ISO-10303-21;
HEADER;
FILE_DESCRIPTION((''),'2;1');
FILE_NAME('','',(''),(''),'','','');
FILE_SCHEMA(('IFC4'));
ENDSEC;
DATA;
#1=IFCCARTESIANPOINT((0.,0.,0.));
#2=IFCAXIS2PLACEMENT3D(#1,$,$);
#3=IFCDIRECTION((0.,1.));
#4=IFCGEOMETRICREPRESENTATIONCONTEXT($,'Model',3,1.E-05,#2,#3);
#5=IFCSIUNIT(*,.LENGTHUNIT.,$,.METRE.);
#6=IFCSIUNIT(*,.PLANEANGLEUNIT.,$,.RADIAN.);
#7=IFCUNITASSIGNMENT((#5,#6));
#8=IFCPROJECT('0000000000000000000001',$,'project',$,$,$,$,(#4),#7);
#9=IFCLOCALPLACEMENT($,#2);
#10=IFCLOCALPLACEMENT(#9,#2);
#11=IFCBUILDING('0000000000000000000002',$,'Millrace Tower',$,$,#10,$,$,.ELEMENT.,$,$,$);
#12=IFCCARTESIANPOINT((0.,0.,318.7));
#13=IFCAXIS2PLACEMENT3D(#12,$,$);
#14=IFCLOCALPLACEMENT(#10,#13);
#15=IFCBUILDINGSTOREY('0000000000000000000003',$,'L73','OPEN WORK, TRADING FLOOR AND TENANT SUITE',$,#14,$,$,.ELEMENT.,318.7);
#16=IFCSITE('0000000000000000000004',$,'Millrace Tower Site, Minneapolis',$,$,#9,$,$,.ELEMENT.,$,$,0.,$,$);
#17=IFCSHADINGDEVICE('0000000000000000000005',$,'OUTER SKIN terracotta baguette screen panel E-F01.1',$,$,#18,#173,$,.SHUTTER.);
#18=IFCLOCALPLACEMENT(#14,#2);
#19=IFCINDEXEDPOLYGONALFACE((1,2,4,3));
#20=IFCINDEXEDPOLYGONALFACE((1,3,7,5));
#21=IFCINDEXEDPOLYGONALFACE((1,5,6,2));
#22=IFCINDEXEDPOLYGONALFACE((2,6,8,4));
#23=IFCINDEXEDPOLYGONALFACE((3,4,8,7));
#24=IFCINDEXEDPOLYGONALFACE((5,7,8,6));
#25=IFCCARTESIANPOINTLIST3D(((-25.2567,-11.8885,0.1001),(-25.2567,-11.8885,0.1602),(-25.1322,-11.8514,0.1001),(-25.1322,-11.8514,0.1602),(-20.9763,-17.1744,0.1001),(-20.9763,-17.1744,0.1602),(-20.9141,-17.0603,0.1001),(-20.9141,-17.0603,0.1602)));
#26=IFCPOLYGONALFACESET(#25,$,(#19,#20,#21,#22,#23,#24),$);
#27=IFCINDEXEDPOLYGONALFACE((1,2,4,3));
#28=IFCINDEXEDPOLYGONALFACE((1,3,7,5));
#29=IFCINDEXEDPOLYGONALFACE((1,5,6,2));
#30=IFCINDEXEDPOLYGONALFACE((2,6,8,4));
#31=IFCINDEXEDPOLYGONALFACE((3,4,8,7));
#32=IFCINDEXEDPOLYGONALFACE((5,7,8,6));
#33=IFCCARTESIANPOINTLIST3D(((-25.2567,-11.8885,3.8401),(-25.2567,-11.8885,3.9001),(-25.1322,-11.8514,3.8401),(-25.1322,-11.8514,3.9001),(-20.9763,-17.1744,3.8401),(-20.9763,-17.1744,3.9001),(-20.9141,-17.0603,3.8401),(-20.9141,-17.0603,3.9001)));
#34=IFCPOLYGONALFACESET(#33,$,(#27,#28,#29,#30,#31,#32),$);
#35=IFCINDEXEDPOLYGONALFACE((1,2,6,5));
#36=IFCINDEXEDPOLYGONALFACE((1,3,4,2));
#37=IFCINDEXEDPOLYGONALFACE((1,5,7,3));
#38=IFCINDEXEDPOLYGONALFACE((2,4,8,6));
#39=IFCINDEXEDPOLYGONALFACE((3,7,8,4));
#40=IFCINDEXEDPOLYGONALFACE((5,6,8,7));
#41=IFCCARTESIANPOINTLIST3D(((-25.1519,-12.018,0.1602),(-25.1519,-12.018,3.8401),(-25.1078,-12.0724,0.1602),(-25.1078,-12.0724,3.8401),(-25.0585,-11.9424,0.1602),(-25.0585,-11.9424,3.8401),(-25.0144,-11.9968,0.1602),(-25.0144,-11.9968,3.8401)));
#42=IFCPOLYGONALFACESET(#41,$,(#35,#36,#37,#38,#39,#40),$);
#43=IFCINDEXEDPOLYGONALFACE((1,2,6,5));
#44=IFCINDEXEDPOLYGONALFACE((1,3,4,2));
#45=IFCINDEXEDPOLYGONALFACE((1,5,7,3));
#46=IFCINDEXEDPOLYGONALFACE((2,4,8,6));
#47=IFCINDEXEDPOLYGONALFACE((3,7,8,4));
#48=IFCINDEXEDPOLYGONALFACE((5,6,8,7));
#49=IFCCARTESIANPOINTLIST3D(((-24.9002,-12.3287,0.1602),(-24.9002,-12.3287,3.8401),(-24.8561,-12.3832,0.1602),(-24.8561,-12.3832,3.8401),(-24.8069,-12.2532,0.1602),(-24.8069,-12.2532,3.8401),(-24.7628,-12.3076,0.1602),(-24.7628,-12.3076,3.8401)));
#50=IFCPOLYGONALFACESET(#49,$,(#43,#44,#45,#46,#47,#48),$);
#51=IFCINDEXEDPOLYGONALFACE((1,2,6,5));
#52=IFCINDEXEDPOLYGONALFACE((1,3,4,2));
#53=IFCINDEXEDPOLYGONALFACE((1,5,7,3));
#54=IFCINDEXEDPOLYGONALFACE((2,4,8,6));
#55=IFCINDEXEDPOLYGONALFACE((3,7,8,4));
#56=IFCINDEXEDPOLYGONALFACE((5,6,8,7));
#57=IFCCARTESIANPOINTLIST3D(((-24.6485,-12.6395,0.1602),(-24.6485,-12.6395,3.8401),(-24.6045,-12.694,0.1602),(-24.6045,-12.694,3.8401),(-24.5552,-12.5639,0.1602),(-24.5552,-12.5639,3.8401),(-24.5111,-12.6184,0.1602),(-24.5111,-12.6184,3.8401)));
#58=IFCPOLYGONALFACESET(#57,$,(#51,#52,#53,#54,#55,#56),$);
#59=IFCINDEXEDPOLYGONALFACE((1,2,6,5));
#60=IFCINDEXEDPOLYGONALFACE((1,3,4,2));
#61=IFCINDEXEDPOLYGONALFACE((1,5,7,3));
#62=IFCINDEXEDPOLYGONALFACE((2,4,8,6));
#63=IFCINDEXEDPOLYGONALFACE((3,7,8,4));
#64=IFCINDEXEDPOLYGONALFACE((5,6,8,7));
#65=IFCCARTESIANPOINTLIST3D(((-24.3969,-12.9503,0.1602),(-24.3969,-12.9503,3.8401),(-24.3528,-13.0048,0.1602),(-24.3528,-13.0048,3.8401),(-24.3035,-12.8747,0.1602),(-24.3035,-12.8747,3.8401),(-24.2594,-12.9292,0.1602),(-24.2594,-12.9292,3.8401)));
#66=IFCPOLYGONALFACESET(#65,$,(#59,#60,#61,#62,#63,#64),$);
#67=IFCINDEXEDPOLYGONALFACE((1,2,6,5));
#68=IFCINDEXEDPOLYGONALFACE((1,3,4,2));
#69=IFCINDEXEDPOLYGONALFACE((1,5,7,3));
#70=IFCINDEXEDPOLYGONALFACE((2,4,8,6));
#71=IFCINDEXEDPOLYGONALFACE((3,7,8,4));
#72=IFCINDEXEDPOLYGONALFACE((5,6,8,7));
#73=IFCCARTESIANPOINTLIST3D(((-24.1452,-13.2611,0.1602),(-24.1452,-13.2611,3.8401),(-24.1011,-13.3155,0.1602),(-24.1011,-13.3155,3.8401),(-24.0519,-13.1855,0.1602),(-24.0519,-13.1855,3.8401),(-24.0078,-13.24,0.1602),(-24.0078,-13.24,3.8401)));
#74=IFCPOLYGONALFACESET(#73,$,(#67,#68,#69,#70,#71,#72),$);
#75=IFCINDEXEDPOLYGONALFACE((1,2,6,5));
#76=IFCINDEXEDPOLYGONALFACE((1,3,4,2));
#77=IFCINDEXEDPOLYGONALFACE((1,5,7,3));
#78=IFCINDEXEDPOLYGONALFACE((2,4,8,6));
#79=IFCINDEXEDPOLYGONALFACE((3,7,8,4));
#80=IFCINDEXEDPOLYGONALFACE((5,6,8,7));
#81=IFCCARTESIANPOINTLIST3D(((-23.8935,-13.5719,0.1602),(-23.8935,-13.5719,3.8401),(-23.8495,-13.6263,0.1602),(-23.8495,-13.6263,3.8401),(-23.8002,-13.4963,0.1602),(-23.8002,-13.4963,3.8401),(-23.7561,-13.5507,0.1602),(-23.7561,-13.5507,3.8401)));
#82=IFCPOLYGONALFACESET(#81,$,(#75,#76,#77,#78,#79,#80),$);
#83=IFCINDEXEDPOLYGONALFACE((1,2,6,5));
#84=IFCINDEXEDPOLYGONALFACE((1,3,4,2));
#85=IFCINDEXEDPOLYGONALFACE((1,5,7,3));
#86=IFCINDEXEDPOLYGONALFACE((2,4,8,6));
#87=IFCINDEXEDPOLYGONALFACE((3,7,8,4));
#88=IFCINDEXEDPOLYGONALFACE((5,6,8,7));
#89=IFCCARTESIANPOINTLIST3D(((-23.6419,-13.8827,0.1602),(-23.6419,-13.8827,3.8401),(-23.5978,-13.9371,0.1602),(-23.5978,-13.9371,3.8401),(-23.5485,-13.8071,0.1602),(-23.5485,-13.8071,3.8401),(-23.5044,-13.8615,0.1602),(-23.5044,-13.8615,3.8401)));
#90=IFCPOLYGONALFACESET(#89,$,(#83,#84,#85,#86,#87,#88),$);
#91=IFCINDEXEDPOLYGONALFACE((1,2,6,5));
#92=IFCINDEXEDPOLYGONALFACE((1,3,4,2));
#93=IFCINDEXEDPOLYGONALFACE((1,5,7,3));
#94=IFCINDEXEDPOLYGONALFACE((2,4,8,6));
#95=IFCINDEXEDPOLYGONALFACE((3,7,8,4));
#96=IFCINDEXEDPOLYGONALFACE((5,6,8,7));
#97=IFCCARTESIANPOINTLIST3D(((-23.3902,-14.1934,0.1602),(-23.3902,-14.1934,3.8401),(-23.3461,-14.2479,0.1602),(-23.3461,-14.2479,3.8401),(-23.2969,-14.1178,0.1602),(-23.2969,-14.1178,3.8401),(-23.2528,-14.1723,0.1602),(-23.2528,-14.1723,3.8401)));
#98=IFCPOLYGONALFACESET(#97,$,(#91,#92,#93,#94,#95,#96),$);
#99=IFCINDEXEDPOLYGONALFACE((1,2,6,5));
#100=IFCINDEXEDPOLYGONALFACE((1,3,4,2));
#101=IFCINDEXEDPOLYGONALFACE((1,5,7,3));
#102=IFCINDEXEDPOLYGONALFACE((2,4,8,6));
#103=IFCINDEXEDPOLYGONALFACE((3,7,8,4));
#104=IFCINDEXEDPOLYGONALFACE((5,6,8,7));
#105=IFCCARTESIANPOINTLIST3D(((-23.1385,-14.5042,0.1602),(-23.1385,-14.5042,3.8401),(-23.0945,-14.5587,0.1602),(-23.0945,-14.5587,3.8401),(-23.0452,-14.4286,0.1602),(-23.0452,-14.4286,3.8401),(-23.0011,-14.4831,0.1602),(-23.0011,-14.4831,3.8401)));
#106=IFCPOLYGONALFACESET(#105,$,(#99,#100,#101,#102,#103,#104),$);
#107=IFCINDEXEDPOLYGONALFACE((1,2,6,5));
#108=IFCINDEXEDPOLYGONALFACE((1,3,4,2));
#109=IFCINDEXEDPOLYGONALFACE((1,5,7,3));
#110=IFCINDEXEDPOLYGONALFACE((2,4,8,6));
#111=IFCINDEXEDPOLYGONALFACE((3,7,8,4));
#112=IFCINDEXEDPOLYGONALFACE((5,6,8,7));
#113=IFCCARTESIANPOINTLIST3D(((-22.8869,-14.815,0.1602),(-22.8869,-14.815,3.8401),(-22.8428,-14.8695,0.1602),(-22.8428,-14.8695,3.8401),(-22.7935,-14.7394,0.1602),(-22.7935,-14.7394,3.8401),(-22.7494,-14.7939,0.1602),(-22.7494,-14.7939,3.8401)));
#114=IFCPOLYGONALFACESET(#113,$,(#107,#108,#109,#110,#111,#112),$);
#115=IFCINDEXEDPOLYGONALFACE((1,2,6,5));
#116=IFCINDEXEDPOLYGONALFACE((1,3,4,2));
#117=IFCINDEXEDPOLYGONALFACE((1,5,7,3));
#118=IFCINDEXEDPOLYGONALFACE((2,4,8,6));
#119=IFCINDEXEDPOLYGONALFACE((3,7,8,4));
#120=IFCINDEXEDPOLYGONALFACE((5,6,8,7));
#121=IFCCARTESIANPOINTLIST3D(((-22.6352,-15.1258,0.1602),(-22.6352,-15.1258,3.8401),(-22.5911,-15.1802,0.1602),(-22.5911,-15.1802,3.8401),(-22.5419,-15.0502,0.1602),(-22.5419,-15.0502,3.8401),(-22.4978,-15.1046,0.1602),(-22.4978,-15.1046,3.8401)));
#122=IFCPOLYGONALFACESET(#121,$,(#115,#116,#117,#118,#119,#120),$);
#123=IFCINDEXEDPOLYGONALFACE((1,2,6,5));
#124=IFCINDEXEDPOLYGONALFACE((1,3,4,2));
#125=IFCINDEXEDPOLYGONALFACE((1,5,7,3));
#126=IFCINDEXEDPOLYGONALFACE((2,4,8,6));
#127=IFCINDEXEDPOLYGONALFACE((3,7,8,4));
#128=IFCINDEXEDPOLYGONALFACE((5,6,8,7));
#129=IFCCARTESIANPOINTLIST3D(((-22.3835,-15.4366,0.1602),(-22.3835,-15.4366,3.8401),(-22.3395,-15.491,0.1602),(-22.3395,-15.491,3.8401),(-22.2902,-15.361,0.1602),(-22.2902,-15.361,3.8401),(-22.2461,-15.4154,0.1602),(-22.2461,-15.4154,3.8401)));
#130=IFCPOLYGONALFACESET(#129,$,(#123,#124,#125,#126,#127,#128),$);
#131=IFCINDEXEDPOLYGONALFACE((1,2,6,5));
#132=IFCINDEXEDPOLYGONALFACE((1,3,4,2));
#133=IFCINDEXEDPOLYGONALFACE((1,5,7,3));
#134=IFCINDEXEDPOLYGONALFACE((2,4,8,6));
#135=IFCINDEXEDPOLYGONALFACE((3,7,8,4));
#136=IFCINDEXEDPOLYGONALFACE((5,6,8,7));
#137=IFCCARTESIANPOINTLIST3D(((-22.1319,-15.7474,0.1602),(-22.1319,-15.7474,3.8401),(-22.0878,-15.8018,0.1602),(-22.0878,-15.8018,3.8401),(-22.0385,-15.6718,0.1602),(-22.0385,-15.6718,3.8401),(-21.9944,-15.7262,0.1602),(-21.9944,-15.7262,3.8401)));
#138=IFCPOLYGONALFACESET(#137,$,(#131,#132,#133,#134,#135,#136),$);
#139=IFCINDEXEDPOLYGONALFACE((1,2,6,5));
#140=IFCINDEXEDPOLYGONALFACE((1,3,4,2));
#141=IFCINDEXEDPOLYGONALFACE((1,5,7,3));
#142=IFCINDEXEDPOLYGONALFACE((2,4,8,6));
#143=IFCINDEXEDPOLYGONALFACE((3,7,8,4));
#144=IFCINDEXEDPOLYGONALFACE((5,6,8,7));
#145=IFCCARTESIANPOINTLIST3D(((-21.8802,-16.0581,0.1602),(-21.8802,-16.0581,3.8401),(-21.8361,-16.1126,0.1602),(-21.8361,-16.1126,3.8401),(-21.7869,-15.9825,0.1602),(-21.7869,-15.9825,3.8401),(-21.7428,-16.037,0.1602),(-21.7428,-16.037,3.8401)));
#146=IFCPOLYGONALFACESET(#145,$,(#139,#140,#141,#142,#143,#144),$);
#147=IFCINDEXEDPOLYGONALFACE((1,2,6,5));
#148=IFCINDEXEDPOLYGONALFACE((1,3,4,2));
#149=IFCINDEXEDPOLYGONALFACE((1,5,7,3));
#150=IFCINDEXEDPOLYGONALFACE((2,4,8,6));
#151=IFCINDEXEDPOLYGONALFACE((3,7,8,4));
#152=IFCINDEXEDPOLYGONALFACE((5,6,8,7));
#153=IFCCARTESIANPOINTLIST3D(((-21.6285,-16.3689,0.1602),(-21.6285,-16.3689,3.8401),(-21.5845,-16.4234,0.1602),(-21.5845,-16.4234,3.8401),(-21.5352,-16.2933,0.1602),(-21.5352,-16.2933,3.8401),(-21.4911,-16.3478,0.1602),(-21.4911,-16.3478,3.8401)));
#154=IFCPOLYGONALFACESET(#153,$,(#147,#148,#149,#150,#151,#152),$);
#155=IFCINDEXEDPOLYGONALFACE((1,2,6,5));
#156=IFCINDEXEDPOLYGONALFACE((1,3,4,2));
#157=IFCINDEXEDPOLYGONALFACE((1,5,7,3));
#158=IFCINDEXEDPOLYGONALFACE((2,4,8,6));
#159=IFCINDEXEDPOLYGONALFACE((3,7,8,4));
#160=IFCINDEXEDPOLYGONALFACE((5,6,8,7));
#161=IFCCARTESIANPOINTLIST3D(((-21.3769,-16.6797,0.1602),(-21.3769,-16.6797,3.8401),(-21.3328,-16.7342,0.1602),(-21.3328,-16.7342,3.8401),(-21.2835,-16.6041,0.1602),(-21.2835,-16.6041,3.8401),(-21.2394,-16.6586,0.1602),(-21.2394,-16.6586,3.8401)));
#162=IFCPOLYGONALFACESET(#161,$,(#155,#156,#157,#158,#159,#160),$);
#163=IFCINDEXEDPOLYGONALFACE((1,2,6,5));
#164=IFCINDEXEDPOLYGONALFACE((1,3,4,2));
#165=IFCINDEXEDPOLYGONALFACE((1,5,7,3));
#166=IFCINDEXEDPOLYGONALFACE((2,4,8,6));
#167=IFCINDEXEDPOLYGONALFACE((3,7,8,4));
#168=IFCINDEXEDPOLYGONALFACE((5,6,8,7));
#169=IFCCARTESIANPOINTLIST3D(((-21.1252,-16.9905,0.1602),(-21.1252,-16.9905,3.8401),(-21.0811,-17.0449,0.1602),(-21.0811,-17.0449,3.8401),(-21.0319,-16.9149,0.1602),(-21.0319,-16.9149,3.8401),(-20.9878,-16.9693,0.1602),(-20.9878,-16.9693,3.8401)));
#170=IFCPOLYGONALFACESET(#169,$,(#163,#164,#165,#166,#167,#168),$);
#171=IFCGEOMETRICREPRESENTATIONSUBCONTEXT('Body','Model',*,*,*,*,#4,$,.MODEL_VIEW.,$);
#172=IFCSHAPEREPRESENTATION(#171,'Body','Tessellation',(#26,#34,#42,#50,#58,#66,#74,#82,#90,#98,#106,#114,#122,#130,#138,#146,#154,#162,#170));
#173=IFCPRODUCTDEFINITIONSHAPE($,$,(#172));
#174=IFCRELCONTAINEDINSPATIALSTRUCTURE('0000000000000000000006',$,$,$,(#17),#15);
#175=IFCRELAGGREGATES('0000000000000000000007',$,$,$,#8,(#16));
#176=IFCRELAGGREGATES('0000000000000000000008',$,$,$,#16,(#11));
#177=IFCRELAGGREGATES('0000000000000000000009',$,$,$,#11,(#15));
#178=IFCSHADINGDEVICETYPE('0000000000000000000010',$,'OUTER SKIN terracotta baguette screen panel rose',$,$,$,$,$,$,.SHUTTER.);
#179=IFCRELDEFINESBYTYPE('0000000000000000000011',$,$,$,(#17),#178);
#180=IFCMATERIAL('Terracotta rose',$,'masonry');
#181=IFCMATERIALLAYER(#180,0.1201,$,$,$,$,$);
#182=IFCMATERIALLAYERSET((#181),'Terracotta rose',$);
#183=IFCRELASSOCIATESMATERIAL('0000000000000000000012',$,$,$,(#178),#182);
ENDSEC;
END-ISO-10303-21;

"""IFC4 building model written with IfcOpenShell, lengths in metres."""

from ifc_helpers import new_model, entity, si_unit, direction, frame, frame_2d, origin, origin_2d, place, context, subcontext, project, spatial, rectangle, extrude, source, transform, mapped, material, layer, layer_set, type_object, element, save


model = new_model("IFC4")

# Units and contexts
model_context = context("Model", 3, precision=1e-05, world=origin(), true_north=direction((0.0, 1.0)))
body_context = subcontext(model_context, "Body", "Model", "MODEL_VIEW")
ifc_project = project(units=[si_unit("LENGTHUNIT", "METRE"), si_unit("PLANEANGLEUNIT", "RADIAN")], contexts=[model_context])

# Site, building, storey
site_placement = place(None, origin())
site = spatial("IfcSite", under=ifc_project, at=site_placement, Name="Millrace Tower Site, Minneapolis", CompositionType="ELEMENT", RefElevation=0.0)
building_placement = place(site_placement, origin())
building = spatial("IfcBuilding", under=site, at=building_placement, Name="Millrace Tower", CompositionType="ELEMENT")
storey_placement = place(building_placement, frame((0.0, 0.0, 318.7)))
storey = spatial("IfcBuildingStorey", under=building, at=storey_placement, Name="L73", Description="OPEN WORK, TRADING FLOOR AND TENANT SUITE", CompositionType="ELEMENT", Elevation=318.7)

# Shading device
ifc_material_1 = material(Name="Terracotta rose", Category="masonry")
ifc_layer_1 = layer(ifc_material_1, 0.1201)
ifc_layer_set_1 = layer_set([ifc_layer_1], Name="Terracotta rose")
shading_device_type = type_object("IfcShadingDeviceType", Name="OUTER SKIN terracotta baguette screen panel rose", PredefinedType="SHUTTER", material=ifc_layer_set_1)
cartesian_point_1 = entity("IfcCartesianPoint", [-3.3513, 0.0601])
shared_polyline_1 = entity("IfcPolyline", [cartesian_point_1, entity("IfcCartesianPoint", [3.3513, 0.0601]), entity("IfcCartesianPoint", [3.4009, -0.0601]), entity("IfcCartesianPoint", [-3.4009, -0.0601]), cartesian_point_1])
shared_shape_1 = source(origin(), body_context, "Body", "SweptSolid", [
    entity("IfcExtrudedAreaSolid", entity("IfcArbitraryClosedProfileDef", "AREA", None, shared_polyline_1), entity("IfcAxis2Placement3D", entity("IfcCartesianPoint", [0.0, 0.0, 0.0])), entity("IfcDirection", [0.0, 0.0, 1.0]), 0.0601),
    entity("IfcExtrudedAreaSolid", entity("IfcArbitraryClosedProfileDef", "AREA", None, shared_polyline_1), entity("IfcAxis2Placement3D", entity("IfcCartesianPoint", [0.0, 0.0, 3.74])), entity("IfcDirection", [0.0, 0.0, 1.0]), 0.0601),
    extrude(rectangle(XDim=0.0701, YDim=0.1201, at=frame_2d((-3.1992, 0.0))), frame((0.0, 0.0, 0.0601)), (0.0, 0.0, 1.0), 3.6799),
    extrude(rectangle(XDim=0.0701, YDim=0.1201, at=frame_2d((-2.7993, 0.0))), frame((0.0, 0.0, 0.0601)), (0.0, 0.0, 1.0), 3.6799),
    extrude(rectangle(XDim=0.0701, YDim=0.1201, at=frame_2d((-2.3994, 0.0))), frame((0.0, 0.0, 0.0601)), (0.0, 0.0, 1.0), 3.6799),
    extrude(rectangle(XDim=0.0701, YDim=0.1201, at=frame_2d((-1.9995, 0.0))), frame((0.0, 0.0, 0.0601)), (0.0, 0.0, 1.0), 3.6799),
    extrude(rectangle(XDim=0.0701, YDim=0.1201, at=frame_2d((-1.5996, 0.0))), frame((0.0, 0.0, 0.0601)), (0.0, 0.0, 1.0), 3.6799),
    extrude(rectangle(XDim=0.0701, YDim=0.1201, at=frame_2d((-1.1997, 0.0))), frame((0.0, 0.0, 0.0601)), (0.0, 0.0, 1.0), 3.6799),
    extrude(rectangle(XDim=0.0701, YDim=0.1201, at=frame_2d((-0.7998, 0.0))), frame((0.0, 0.0, 0.0601)), (0.0, 0.0, 1.0), 3.6799),
    extrude(rectangle(XDim=0.0701, YDim=0.1201, at=frame_2d((-0.3999, 0.0))), frame((0.0, 0.0, 0.0601)), (0.0, 0.0, 1.0), 3.6799),
    extrude(rectangle(XDim=0.0701, YDim=0.1201, at=origin_2d()), frame((0.0, 0.0, 0.0601)), (0.0, 0.0, 1.0), 3.6799),
    extrude(rectangle(XDim=0.0701, YDim=0.1201, at=frame_2d((0.3999, 0.0))), frame((0.0, 0.0, 0.0601)), (0.0, 0.0, 1.0), 3.6799),
    extrude(rectangle(XDim=0.0701, YDim=0.1201, at=frame_2d((0.7998, 0.0))), frame((0.0, 0.0, 0.0601)), (0.0, 0.0, 1.0), 3.6799),
    extrude(rectangle(XDim=0.0701, YDim=0.1201, at=frame_2d((1.1997, 0.0))), frame((0.0, 0.0, 0.0601)), (0.0, 0.0, 1.0), 3.6799),
    extrude(rectangle(XDim=0.0701, YDim=0.1201, at=frame_2d((1.5996, 0.0))), frame((0.0, 0.0, 0.0601)), (0.0, 0.0, 1.0), 3.6799),
    extrude(rectangle(XDim=0.0701, YDim=0.1201, at=frame_2d((1.9995, 0.0))), frame((0.0, 0.0, 0.0601)), (0.0, 0.0, 1.0), 3.6799),
    extrude(rectangle(XDim=0.0701, YDim=0.1201, at=frame_2d((2.3994, 0.0))), frame((0.0, 0.0, 0.0601)), (0.0, 0.0, 1.0), 3.6799),
    extrude(rectangle(XDim=0.0701, YDim=0.1201, at=frame_2d((2.7993, 0.0))), frame((0.0, 0.0, 0.0601)), (0.0, 0.0, 1.0), 3.6799),
    extrude(rectangle(XDim=0.0701, YDim=0.1201, at=frame_2d((3.1992, 0.0))), frame((0.0, 0.0, 0.0601)), (0.0, 0.0, 1.0), 3.6799),
])
shading_device_1_placement = place(storey_placement, frame((-23.0698, -14.4937, 0.1001), z_axis=(0.0, 0.0, 1.0), x_axis=(0.62932, -0.777146, 0.0)))
element("IfcShadingDevice", 1, at=shading_device_1_placement, inside=storey, type_object=shading_device_type, Name="OUTER SKIN terracotta baguette screen panel E-F01.1", PredefinedType="SHUTTER", context=body_context, shape_type="MappedRepresentation", body=[
    mapped(shared_shape_1, transform((0.0, 0.0, 0.0), scale=1.0)),
])

save(model, "model.ifc")
